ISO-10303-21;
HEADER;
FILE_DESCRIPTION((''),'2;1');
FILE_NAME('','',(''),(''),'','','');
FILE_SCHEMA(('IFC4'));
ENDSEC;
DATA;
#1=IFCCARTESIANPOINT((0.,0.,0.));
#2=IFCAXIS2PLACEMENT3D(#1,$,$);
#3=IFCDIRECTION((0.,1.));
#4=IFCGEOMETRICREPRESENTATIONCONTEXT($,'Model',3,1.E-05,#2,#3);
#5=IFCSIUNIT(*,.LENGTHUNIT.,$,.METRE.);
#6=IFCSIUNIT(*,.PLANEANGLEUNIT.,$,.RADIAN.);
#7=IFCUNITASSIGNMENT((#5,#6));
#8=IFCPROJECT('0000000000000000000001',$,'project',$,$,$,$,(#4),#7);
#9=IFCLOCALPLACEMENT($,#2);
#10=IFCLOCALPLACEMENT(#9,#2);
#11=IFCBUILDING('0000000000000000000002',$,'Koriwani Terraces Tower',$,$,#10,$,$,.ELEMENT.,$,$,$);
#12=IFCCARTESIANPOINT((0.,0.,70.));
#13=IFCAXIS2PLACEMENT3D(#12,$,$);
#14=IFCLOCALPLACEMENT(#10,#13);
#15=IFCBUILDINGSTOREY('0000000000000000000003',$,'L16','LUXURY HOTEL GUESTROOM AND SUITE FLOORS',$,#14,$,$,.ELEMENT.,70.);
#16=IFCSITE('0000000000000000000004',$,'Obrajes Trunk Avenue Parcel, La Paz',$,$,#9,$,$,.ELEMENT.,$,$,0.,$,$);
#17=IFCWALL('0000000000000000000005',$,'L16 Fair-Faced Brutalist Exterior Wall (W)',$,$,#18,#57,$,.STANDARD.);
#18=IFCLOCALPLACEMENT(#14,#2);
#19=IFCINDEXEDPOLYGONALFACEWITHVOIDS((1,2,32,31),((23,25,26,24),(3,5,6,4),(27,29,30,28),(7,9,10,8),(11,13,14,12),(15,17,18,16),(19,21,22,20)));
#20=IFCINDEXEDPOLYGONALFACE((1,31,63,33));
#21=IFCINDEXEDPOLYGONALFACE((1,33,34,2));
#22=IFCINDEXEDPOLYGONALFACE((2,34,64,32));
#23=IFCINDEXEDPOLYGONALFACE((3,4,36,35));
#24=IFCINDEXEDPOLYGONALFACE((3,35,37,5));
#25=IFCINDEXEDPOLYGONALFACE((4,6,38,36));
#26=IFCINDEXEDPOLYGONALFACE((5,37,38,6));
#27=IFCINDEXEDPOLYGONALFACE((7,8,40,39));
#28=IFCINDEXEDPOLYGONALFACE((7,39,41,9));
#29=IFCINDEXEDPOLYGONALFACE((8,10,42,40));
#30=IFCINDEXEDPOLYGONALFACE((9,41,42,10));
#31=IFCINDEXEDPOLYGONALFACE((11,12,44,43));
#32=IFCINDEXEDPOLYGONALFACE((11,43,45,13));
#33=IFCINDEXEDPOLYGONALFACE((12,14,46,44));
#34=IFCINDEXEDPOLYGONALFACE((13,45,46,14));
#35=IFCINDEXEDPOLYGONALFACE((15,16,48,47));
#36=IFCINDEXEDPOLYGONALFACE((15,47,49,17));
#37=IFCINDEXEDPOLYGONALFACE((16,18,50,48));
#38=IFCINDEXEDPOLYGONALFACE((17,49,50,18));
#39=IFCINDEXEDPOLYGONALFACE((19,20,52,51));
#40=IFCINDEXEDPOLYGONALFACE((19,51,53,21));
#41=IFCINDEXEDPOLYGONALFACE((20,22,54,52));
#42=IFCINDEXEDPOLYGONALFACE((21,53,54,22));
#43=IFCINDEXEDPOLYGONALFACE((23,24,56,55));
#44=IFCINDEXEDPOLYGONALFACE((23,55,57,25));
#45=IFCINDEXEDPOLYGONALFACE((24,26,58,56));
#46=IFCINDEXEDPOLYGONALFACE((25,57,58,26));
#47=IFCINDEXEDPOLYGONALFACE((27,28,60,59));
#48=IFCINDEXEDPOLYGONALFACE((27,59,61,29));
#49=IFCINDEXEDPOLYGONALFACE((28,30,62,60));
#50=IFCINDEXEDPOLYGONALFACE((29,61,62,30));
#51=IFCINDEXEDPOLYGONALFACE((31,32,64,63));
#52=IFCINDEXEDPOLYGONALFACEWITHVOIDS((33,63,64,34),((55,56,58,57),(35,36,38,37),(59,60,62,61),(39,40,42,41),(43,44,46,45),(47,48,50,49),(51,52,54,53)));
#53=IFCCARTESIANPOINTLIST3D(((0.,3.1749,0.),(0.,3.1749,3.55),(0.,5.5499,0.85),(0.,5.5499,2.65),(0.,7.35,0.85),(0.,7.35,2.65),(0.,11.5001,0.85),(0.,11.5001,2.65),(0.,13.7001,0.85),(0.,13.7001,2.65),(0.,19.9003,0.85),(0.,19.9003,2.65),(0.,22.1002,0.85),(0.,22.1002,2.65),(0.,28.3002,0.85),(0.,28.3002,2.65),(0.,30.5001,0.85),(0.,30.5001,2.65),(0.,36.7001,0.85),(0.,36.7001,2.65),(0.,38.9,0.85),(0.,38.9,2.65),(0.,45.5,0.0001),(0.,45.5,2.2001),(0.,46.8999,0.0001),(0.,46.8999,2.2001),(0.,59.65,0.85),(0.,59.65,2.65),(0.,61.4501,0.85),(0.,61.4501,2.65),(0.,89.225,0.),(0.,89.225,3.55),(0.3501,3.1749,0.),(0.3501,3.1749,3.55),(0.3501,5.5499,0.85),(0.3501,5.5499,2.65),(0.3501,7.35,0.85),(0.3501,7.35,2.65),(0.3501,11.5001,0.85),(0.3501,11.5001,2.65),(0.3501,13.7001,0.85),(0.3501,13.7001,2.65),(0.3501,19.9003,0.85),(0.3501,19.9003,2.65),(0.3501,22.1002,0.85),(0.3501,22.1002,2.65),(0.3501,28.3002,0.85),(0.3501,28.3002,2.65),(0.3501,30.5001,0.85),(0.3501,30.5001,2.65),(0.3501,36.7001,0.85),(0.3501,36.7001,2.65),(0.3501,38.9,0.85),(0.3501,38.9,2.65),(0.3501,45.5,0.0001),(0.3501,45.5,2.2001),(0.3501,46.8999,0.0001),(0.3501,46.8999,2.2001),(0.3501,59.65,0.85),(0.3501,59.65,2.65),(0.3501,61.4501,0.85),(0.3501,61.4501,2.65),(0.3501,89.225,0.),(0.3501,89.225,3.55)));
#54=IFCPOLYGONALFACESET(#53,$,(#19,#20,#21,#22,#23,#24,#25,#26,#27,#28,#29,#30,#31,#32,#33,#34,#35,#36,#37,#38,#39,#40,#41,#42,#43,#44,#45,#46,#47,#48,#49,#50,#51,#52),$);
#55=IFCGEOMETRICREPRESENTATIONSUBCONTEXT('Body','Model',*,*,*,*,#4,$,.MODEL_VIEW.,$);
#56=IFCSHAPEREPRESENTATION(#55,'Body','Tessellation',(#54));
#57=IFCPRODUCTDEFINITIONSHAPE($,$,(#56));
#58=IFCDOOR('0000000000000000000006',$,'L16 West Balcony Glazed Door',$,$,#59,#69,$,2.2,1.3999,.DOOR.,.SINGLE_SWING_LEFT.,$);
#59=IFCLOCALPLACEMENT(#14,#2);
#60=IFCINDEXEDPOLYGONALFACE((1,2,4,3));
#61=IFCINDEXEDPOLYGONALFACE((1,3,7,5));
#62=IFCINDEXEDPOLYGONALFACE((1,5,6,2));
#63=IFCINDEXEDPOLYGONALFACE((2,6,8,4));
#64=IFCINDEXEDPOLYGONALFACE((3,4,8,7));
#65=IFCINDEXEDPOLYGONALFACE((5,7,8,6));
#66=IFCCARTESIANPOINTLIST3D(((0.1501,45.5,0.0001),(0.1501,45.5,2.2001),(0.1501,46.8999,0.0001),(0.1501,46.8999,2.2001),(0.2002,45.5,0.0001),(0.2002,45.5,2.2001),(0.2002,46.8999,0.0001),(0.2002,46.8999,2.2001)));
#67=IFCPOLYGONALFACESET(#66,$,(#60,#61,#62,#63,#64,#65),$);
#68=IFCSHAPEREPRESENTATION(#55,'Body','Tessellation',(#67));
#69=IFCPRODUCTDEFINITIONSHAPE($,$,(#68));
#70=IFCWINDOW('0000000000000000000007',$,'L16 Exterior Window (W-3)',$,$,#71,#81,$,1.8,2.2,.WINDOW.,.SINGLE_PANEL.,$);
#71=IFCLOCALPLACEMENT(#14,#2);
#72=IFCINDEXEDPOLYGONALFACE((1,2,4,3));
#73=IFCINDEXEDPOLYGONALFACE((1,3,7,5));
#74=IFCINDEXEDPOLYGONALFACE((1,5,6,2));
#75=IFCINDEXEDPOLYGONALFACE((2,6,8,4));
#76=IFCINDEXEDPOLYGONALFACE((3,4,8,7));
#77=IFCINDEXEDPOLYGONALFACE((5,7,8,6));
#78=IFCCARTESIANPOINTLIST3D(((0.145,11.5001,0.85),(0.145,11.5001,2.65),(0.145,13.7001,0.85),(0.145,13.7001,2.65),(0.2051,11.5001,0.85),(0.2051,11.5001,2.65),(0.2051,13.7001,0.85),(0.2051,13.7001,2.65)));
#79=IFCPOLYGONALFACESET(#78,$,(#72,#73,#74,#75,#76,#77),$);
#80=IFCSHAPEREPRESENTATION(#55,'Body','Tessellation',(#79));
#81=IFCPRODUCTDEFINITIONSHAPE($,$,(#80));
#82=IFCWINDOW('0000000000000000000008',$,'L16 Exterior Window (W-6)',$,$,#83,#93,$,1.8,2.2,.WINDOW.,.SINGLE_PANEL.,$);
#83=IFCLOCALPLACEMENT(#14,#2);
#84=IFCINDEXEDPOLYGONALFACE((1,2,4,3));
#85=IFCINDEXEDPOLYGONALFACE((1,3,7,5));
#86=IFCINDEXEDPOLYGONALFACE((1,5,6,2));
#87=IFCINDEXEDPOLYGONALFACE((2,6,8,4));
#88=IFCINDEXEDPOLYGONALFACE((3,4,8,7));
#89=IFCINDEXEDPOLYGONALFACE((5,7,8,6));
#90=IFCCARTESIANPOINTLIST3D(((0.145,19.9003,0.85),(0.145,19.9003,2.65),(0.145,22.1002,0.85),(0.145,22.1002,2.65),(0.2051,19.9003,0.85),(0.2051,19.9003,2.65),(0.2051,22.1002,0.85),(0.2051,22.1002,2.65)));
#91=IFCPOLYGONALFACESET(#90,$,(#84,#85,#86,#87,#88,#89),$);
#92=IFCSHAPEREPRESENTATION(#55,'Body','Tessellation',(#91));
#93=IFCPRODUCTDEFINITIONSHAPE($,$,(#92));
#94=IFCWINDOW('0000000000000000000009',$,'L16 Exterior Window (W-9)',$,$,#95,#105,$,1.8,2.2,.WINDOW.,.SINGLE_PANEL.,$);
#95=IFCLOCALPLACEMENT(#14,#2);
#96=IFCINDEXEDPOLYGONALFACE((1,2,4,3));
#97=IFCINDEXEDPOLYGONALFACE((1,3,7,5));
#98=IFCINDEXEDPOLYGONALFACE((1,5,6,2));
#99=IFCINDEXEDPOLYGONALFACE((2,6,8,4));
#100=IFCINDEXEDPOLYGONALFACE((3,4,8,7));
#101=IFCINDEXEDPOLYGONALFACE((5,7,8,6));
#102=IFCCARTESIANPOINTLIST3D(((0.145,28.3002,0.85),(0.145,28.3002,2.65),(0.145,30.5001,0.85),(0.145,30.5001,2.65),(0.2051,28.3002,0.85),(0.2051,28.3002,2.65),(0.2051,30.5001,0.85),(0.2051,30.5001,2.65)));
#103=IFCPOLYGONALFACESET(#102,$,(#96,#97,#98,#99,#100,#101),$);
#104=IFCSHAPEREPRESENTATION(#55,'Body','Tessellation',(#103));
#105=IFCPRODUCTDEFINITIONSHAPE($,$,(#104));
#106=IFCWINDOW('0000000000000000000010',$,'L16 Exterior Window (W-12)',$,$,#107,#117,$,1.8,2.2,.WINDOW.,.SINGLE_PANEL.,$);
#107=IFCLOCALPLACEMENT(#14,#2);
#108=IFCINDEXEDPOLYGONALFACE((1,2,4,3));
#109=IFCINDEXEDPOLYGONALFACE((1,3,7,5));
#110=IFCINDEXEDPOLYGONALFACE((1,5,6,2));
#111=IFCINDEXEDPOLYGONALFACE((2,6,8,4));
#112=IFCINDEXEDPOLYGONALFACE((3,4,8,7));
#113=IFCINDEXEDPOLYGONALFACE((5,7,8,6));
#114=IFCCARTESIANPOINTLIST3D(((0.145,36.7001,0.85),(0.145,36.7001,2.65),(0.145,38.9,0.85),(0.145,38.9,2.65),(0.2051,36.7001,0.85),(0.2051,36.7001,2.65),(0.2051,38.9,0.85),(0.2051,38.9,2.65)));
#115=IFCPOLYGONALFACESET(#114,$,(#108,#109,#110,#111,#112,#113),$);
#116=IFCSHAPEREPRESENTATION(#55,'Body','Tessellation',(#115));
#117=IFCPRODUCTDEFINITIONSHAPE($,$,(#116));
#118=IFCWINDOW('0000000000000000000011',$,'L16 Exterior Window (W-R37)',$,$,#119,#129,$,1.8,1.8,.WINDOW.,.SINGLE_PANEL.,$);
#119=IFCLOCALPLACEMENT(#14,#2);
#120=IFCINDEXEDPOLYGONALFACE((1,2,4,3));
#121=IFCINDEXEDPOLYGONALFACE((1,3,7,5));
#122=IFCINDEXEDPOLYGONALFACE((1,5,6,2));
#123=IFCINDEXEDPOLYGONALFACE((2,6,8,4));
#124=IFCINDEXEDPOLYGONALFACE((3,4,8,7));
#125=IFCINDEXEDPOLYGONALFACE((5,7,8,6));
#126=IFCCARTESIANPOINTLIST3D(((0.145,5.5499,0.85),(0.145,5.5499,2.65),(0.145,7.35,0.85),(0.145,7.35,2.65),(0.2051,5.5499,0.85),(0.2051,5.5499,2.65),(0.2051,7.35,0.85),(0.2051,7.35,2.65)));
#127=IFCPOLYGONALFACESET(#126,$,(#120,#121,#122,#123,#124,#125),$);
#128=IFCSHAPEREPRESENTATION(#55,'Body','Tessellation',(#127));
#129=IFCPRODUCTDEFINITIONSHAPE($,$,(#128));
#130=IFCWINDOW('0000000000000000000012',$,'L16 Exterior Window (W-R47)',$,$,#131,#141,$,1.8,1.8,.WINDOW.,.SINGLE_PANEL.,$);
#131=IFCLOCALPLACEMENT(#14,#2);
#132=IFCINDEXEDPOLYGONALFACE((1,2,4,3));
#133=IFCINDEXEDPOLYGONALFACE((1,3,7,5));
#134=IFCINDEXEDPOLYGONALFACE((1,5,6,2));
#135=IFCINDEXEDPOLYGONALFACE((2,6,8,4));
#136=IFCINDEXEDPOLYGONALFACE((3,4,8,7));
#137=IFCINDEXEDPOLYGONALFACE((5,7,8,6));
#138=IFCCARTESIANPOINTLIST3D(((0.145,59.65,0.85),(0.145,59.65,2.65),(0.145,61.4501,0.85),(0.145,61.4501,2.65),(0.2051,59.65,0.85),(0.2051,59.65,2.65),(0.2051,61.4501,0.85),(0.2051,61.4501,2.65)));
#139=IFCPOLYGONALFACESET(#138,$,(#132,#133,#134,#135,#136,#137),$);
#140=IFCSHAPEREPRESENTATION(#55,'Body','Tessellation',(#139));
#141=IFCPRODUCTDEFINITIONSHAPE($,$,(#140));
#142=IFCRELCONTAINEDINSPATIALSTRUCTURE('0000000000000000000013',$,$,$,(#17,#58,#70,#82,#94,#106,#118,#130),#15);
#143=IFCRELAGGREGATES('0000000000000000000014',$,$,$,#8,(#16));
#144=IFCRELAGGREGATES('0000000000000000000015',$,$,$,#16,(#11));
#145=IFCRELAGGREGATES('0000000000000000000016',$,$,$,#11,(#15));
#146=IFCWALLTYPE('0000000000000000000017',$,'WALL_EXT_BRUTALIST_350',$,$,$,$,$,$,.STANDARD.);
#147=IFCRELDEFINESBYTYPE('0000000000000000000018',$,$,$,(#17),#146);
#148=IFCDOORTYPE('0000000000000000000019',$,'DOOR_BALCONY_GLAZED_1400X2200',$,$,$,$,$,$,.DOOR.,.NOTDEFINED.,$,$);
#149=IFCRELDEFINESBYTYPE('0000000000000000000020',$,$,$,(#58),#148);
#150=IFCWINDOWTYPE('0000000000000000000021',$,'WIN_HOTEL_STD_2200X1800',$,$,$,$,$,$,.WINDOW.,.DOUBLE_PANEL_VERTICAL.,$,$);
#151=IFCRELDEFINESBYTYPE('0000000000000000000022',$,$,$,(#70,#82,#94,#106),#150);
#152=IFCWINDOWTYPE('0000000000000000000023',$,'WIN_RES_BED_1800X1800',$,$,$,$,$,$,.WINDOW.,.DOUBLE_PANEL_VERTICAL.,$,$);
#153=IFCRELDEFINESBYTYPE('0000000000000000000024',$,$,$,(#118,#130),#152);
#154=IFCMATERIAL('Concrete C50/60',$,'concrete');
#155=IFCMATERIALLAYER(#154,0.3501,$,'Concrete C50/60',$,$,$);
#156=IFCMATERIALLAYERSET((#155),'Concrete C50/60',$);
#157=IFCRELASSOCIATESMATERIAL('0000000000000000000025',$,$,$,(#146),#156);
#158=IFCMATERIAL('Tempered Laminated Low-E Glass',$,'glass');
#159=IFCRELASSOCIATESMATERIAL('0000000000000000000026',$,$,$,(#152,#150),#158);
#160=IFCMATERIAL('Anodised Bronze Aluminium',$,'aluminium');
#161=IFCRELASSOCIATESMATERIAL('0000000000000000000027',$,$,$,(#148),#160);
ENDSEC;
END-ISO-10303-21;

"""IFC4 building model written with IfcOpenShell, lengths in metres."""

from ifc_helpers import new_model, si_unit, direction, frame, frame_2d, origin, place, context, subcontext, project, spatial, rectangle, extrude, material, layer, layer_set, type_object, element, fill, save


model = new_model("IFC4")

# Units and contexts
model_context = context("Model", 3, precision=1e-05, world=origin(), true_north=direction((0.0, 1.0)))
body_context = subcontext(model_context, "Body", "Model", "MODEL_VIEW")
ifc_project = project(units=[si_unit("LENGTHUNIT", "METRE"), si_unit("PLANEANGLEUNIT", "RADIAN")], contexts=[model_context])

# Site, building, storey
site_placement = place(None, origin())
site = spatial("IfcSite", under=ifc_project, at=site_placement, Name="Obrajes Trunk Avenue Parcel, La Paz", CompositionType="ELEMENT", RefElevation=0.0)
building_placement = place(site_placement, origin())
building = spatial("IfcBuilding", under=site, at=building_placement, Name="Koriwani Terraces Tower", CompositionType="ELEMENT")
storey_placement = place(building_placement, frame((0.0, 0.0, 70.0)))
storey = spatial("IfcBuildingStorey", under=building, at=storey_placement, Name="L16", Description="LUXURY HOTEL GUESTROOM AND SUITE FLOORS", CompositionType="ELEMENT", Elevation=70.0)

# Shared definitions
ifc_material_1 = material(Name="Concrete C50/60", Category="concrete")

# Shared definitions
ifc_layer_1 = layer(ifc_material_1, 0.3501, Name="Concrete C50/60")
ifc_layer_set_1 = layer_set([ifc_layer_1], Name="Concrete C50/60")
wall_type_1 = type_object("IfcWallType", Name="WALL_EXT_BRUTALIST_350", PredefinedType="STANDARD", material=ifc_layer_set_1)
ifc_material_2 = material(Name="Tempered Laminated Low-E Glass", Category="glass")
window_type_1 = type_object("IfcWindowType", Name="WIN_RES_BED_1800X1800", PartitioningType="DOUBLE_PANEL_VERTICAL", PredefinedType="WINDOW", material=ifc_material_2)

# Wall, openings, door, windows
wall_1_placement = place(storey_placement, frame((0.175, 3.175, 0.0), z_axis=(0.0, 0.0, 1.0), x_axis=(0.0, 1.0, 0.0)))
wall_1 = element("IfcWall", 1, at=wall_1_placement, inside=storey, type_object=wall_type_1, Name="L16 Fair-Faced Brutalist Exterior Wall (W)", PredefinedType="STANDARD", context=body_context, shape_type="SweptSolid", body=[
    extrude(rectangle(XDim=86.05, YDim=0.3501, at=frame_2d((43.0249, 0.0))), origin(), (0.0, 0.0, 1.0), 3.55),
])
opening_1_placement = place(wall_1_placement, frame((42.325, 0.0, 0.0)))
opening_1 = element("IfcOpeningElement", 2, at=opening_1_placement, cuts=wall_1, PredefinedType="OPENING", context=body_context, shape_type="SweptSolid", body=[
    extrude(rectangle(XDim=1.3999, YDim=2.2, at=frame_2d((0.7, 1.1001))), frame((0.0, 0.1851, 0.0), z_axis=(0.0, -1.0, 0.0), x_axis=(1.0, 0.0, 0.0)), (0.0, 0.0, 1.0), 0.3701),
])
opening_2_placement = place(wall_1_placement, frame((8.325, 0.0, 0.8501)))
opening_2 = element("IfcOpeningElement", 3, at=opening_2_placement, cuts=wall_1, PredefinedType="OPENING", context=body_context, shape_type="SweptSolid", body=[
    extrude(rectangle(XDim=2.2, YDim=1.8, at=frame_2d((1.1001, 0.8999))), frame((0.0, 0.1851, 0.0), z_axis=(0.0, -1.0, 0.0), x_axis=(1.0, 0.0, 0.0)), (0.0, 0.0, 1.0), 0.3701),
])
opening_3_placement = place(wall_1_placement, frame((16.7251, 0.0, 0.8501)))
opening_3 = element("IfcOpeningElement", 4, at=opening_3_placement, cuts=wall_1, PredefinedType="OPENING", context=body_context, shape_type="SweptSolid", body=[
    extrude(rectangle(XDim=2.2, YDim=1.8, at=frame_2d((1.1001, 0.8999))), frame((0.0, 0.1851, 0.0), z_axis=(0.0, -1.0, 0.0), x_axis=(1.0, 0.0, 0.0)), (0.0, 0.0, 1.0), 0.3701),
])
opening_4_placement = place(wall_1_placement, frame((25.125, 0.0, 0.8501)))
opening_4 = element("IfcOpeningElement", 5, at=opening_4_placement, cuts=wall_1, PredefinedType="OPENING", context=body_context, shape_type="SweptSolid", body=[
    extrude(rectangle(XDim=2.2, YDim=1.8, at=frame_2d((1.1001, 0.8999))), frame((0.0, 0.1851, 0.0), z_axis=(0.0, -1.0, 0.0), x_axis=(1.0, 0.0, 0.0)), (0.0, 0.0, 1.0), 0.3701),
])
opening_5_placement = place(wall_1_placement, frame((33.5249, 0.0, 0.8501)))
opening_5 = element("IfcOpeningElement", 6, at=opening_5_placement, cuts=wall_1, PredefinedType="OPENING", context=body_context, shape_type="SweptSolid", body=[
    extrude(rectangle(XDim=2.2, YDim=1.8, at=frame_2d((1.1001, 0.8999))), frame((0.0, 0.1851, 0.0), z_axis=(0.0, -1.0, 0.0), x_axis=(1.0, 0.0, 0.0)), (0.0, 0.0, 1.0), 0.3701),
])
opening_6_placement = place(wall_1_placement, frame((2.375, 0.0, 0.8501)))
opening_6 = element("IfcOpeningElement", 7, at=opening_6_placement, cuts=wall_1, PredefinedType="OPENING", context=body_context, shape_type="SweptSolid", body=[
    extrude(rectangle(XDim=1.8, YDim=1.8, at=frame_2d((0.8999, 0.8999))), frame((0.0, 0.1851, 0.0), z_axis=(0.0, -1.0, 0.0), x_axis=(1.0, 0.0, 0.0)), (0.0, 0.0, 1.0), 0.3701),
])
opening_7_placement = place(wall_1_placement, frame((56.4751, 0.0, 0.8501)))
opening_7 = element("IfcOpeningElement", 8, at=opening_7_placement, cuts=wall_1, PredefinedType="OPENING", context=body_context, shape_type="SweptSolid", body=[
    extrude(rectangle(XDim=1.8, YDim=1.8, at=frame_2d((0.8999, 0.8999))), frame((0.0, 0.1851, 0.0), z_axis=(0.0, -1.0, 0.0), x_axis=(1.0, 0.0, 0.0)), (0.0, 0.0, 1.0), 0.3701),
])
ifc_material_3 = material(Name="Anodised Bronze Aluminium", Category="aluminium")
door_type_1 = type_object("IfcDoorType", Name="DOOR_BALCONY_GLAZED_1400X2200", OperationType="NOTDEFINED", PredefinedType="DOOR", material=ifc_material_3)
door_1_placement = place(opening_1_placement, origin())
door_1 = element("IfcDoor", 9, at=door_1_placement, inside=storey, type_object=door_type_1, Name="L16 West Balcony Glazed Door", OperationType="SINGLE_SWING_LEFT", OverallHeight=2.2, OverallWidth=1.3999, PredefinedType="DOOR", context=body_context, shape_type="SweptSolid", body=[
    extrude(rectangle(XDim=1.3999, YDim=2.2, at=frame_2d((0.7, 1.1001))), frame((0.0, 0.0249, 0.0), z_axis=(0.0, -1.0, 0.0), x_axis=(1.0, 0.0, 0.0)), (0.0, 0.0, 1.0), 0.05),
])
fill(opening_1, door_1)
window_type_2 = type_object("IfcWindowType", Name="WIN_HOTEL_STD_2200X1800", PartitioningType="DOUBLE_PANEL_VERTICAL", PredefinedType="WINDOW", material=ifc_material_2)
window_1_placement = place(opening_2_placement, origin())
window_1 = element("IfcWindow", 10, at=window_1_placement, inside=storey, type_object=window_type_2, Name="L16 Exterior Window (W-3)", OverallHeight=1.8, OverallWidth=2.2, PartitioningType="SINGLE_PANEL", PredefinedType="WINDOW", context=body_context, shape_type="SweptSolid", body=[
    extrude(rectangle(XDim=2.2, YDim=1.8, at=frame_2d((1.1001, 0.8999))), frame((0.0, 0.03, 0.0), z_axis=(0.0, -1.0, 0.0), x_axis=(1.0, 0.0, 0.0)), (0.0, 0.0, 1.0), 0.0601),
])
fill(opening_2, window_1)
window_2_placement = place(opening_3_placement, origin())
window_2 = element("IfcWindow", 11, at=window_2_placement, inside=storey, type_object=window_type_2, Name="L16 Exterior Window (W-6)", OverallHeight=1.8, OverallWidth=2.2, PartitioningType="SINGLE_PANEL", PredefinedType="WINDOW", context=body_context, shape_type="SweptSolid", body=[
    extrude(rectangle(XDim=2.2, YDim=1.8, at=frame_2d((1.1001, 0.8999))), frame((0.0, 0.03, 0.0), z_axis=(0.0, -1.0, 0.0), x_axis=(1.0, 0.0, 0.0)), (0.0, 0.0, 1.0), 0.0601),
])
fill(opening_3, window_2)
window_3_placement = place(opening_4_placement, origin())
window_3 = element("IfcWindow", 12, at=window_3_placement, inside=storey, type_object=window_type_2, Name="L16 Exterior Window (W-9)", OverallHeight=1.8, OverallWidth=2.2, PartitioningType="SINGLE_PANEL", PredefinedType="WINDOW", context=body_context, shape_type="SweptSolid", body=[
    extrude(rectangle(XDim=2.2, YDim=1.8, at=frame_2d((1.1001, 0.8999))), frame((0.0, 0.03, 0.0), z_axis=(0.0, -1.0, 0.0), x_axis=(1.0, 0.0, 0.0)), (0.0, 0.0, 1.0), 0.0601),
])
fill(opening_4, window_3)
window_4_placement = place(opening_5_placement, origin())
window_4 = element("IfcWindow", 13, at=window_4_placement, inside=storey, type_object=window_type_2, Name="L16 Exterior Window (W-12)", OverallHeight=1.8, OverallWidth=2.2, PartitioningType="SINGLE_PANEL", PredefinedType="WINDOW", context=body_context, shape_type="SweptSolid", body=[
    extrude(rectangle(XDim=2.2, YDim=1.8, at=frame_2d((1.1001, 0.8999))), frame((0.0, 0.03, 0.0), z_axis=(0.0, -1.0, 0.0), x_axis=(1.0, 0.0, 0.0)), (0.0, 0.0, 1.0), 0.0601),
])
fill(opening_5, window_4)
window_5_placement = place(opening_6_placement, origin())
window_5 = element("IfcWindow", 14, at=window_5_placement, inside=storey, type_object=window_type_1, Name="L16 Exterior Window (W-R37)", OverallHeight=1.8, OverallWidth=1.8, PartitioningType="SINGLE_PANEL", PredefinedType="WINDOW", context=body_context, shape_type="SweptSolid", body=[
    extrude(rectangle(XDim=1.8, YDim=1.8, at=frame_2d((0.8999, 0.8999))), frame((0.0, 0.03, 0.0), z_axis=(0.0, -1.0, 0.0), x_axis=(1.0, 0.0, 0.0)), (0.0, 0.0, 1.0), 0.0601),
])
fill(opening_6, window_5)
window_6_placement = place(opening_7_placement, origin())
window_6 = element("IfcWindow", 15, at=window_6_placement, inside=storey, type_object=window_type_1, Name="L16 Exterior Window (W-R47)", OverallHeight=1.8, OverallWidth=1.8, PartitioningType="SINGLE_PANEL", PredefinedType="WINDOW", context=body_context, shape_type="SweptSolid", body=[
    extrude(rectangle(XDim=1.8, YDim=1.8, at=frame_2d((0.8999, 0.8999))), frame((0.0, 0.03, 0.0), z_axis=(0.0, -1.0, 0.0), x_axis=(1.0, 0.0, 0.0)), (0.0, 0.0, 1.0), 0.0601),
])
fill(opening_7, window_6)

save(model, "model.ifc")
